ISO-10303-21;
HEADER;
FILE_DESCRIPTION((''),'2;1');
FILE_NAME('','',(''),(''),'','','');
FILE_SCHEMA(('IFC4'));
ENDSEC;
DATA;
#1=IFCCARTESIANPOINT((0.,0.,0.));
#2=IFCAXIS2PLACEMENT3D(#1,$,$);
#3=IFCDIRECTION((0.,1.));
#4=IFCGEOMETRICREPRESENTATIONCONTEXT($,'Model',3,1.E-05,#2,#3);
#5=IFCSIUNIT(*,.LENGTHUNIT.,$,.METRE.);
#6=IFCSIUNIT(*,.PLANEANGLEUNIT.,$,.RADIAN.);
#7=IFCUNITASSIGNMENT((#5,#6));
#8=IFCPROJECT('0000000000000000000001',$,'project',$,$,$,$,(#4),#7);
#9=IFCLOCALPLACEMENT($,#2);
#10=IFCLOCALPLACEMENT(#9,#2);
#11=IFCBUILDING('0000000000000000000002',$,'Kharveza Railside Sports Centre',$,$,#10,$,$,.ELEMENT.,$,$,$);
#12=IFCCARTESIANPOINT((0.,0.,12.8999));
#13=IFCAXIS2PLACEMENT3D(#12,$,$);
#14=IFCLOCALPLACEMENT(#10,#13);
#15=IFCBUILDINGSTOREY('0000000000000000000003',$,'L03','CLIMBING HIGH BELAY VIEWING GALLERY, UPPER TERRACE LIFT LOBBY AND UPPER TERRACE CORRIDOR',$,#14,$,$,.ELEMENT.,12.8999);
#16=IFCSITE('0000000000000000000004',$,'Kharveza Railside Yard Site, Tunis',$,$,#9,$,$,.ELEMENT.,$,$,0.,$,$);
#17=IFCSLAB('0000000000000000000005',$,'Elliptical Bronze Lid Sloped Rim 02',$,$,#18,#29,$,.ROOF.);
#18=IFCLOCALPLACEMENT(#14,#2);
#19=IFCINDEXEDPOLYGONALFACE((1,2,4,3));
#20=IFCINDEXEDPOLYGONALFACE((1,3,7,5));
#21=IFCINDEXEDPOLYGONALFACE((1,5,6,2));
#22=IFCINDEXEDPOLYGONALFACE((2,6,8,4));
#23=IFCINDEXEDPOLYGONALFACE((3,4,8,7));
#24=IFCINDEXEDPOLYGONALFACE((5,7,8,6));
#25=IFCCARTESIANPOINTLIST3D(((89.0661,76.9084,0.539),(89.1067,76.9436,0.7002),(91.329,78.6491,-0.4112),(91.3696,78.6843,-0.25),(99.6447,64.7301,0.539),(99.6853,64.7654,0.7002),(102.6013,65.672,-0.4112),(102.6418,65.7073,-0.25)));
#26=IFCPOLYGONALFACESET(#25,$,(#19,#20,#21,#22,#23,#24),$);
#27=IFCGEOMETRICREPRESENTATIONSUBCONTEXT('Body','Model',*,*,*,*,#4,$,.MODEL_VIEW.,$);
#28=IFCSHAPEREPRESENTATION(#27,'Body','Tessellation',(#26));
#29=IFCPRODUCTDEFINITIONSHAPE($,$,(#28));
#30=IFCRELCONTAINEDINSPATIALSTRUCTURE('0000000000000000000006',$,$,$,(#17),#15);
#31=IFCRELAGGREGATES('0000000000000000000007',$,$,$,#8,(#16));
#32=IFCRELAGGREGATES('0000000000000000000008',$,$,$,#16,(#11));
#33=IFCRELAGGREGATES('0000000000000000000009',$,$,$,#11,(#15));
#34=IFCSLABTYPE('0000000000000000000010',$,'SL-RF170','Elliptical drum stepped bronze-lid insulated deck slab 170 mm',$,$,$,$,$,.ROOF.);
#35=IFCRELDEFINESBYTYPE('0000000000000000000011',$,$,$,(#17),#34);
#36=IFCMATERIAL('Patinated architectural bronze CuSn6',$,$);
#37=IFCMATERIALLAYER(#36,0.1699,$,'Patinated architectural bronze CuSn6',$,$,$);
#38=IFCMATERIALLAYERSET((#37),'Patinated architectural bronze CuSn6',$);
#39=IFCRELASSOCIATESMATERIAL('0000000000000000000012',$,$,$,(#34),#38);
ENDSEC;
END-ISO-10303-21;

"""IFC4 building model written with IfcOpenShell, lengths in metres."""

from ifc_helpers import new_model, si_unit, direction, frame, origin, place, context, subcontext, project, spatial, polyline, outline, extrude, material, layer, layer_set, type_object, element, save


model = new_model("IFC4")

# Units and contexts
model_context = context("Model", 3, precision=1e-05, world=origin(), true_north=direction((0.0, 1.0)))
body_context = subcontext(model_context, "Body", "Model", "MODEL_VIEW")
ifc_project = project(units=[si_unit("LENGTHUNIT", "METRE"), si_unit("PLANEANGLEUNIT", "RADIAN")], contexts=[model_context])

# Site, building, storey
site_placement = place(None, origin())
site = spatial("IfcSite", under=ifc_project, at=site_placement, Name="Kharveza Railside Yard Site, Tunis", CompositionType="ELEMENT", RefElevation=0.0)
building_placement = place(site_placement, origin())
building = spatial("IfcBuilding", under=site, at=building_placement, Name="Kharveza Railside Sports Centre", CompositionType="ELEMENT")
storey_placement = place(building_placement, frame((0.0, 0.0, 12.8999)))
storey = spatial("IfcBuildingStorey", under=building, at=storey_placement, Name="L03", Description="CLIMBING HIGH BELAY VIEWING GALLERY, UPPER TERRACE LIFT LOBBY AND UPPER TERRACE CORRIDOR", CompositionType="ELEMENT", Elevation=12.8999)

# Shared definitions
ifc_material_1 = material(Name="Patinated architectural bronze CuSn6")

# Slab
ifc_layer_1 = layer(ifc_material_1, 0.1699, Name="Patinated architectural bronze CuSn6")
ifc_layer_set_1 = layer_set([ifc_layer_1], Name="Patinated architectural bronze CuSn6")
slab_type_1 = type_object("IfcSlabType", Name="SL-RF170", Description="Elliptical drum stepped bronze-lid insulated deck slab 170 mm", PredefinedType="ROOF", material=ifc_layer_set_1)
slab_1_placement = place(storey_placement, frame((102.6418, 65.7073, -0.25), z_axis=(0.238794, 0.207425, 0.948658), x_axis=(-0.655776, 0.754956, -0.000002)))
element("IfcSlab", 1, at=slab_1_placement, inside=storey, type_object=slab_type_1, Name="Elliptical Bronze Lid Sloped Rim 02", PredefinedType="ROOF", context=body_context, shape_type="SweptSolid", body=[
    extrude(outline(polyline([(0.0, 0.0), (17.1891, 0.0), (17.359, 3.0042), (1.2277, 3.004), (0.0, 0.0)])), origin(), (0.0, 0.0, -1.0), 0.1699),
])

save(model, "model.ifc")
